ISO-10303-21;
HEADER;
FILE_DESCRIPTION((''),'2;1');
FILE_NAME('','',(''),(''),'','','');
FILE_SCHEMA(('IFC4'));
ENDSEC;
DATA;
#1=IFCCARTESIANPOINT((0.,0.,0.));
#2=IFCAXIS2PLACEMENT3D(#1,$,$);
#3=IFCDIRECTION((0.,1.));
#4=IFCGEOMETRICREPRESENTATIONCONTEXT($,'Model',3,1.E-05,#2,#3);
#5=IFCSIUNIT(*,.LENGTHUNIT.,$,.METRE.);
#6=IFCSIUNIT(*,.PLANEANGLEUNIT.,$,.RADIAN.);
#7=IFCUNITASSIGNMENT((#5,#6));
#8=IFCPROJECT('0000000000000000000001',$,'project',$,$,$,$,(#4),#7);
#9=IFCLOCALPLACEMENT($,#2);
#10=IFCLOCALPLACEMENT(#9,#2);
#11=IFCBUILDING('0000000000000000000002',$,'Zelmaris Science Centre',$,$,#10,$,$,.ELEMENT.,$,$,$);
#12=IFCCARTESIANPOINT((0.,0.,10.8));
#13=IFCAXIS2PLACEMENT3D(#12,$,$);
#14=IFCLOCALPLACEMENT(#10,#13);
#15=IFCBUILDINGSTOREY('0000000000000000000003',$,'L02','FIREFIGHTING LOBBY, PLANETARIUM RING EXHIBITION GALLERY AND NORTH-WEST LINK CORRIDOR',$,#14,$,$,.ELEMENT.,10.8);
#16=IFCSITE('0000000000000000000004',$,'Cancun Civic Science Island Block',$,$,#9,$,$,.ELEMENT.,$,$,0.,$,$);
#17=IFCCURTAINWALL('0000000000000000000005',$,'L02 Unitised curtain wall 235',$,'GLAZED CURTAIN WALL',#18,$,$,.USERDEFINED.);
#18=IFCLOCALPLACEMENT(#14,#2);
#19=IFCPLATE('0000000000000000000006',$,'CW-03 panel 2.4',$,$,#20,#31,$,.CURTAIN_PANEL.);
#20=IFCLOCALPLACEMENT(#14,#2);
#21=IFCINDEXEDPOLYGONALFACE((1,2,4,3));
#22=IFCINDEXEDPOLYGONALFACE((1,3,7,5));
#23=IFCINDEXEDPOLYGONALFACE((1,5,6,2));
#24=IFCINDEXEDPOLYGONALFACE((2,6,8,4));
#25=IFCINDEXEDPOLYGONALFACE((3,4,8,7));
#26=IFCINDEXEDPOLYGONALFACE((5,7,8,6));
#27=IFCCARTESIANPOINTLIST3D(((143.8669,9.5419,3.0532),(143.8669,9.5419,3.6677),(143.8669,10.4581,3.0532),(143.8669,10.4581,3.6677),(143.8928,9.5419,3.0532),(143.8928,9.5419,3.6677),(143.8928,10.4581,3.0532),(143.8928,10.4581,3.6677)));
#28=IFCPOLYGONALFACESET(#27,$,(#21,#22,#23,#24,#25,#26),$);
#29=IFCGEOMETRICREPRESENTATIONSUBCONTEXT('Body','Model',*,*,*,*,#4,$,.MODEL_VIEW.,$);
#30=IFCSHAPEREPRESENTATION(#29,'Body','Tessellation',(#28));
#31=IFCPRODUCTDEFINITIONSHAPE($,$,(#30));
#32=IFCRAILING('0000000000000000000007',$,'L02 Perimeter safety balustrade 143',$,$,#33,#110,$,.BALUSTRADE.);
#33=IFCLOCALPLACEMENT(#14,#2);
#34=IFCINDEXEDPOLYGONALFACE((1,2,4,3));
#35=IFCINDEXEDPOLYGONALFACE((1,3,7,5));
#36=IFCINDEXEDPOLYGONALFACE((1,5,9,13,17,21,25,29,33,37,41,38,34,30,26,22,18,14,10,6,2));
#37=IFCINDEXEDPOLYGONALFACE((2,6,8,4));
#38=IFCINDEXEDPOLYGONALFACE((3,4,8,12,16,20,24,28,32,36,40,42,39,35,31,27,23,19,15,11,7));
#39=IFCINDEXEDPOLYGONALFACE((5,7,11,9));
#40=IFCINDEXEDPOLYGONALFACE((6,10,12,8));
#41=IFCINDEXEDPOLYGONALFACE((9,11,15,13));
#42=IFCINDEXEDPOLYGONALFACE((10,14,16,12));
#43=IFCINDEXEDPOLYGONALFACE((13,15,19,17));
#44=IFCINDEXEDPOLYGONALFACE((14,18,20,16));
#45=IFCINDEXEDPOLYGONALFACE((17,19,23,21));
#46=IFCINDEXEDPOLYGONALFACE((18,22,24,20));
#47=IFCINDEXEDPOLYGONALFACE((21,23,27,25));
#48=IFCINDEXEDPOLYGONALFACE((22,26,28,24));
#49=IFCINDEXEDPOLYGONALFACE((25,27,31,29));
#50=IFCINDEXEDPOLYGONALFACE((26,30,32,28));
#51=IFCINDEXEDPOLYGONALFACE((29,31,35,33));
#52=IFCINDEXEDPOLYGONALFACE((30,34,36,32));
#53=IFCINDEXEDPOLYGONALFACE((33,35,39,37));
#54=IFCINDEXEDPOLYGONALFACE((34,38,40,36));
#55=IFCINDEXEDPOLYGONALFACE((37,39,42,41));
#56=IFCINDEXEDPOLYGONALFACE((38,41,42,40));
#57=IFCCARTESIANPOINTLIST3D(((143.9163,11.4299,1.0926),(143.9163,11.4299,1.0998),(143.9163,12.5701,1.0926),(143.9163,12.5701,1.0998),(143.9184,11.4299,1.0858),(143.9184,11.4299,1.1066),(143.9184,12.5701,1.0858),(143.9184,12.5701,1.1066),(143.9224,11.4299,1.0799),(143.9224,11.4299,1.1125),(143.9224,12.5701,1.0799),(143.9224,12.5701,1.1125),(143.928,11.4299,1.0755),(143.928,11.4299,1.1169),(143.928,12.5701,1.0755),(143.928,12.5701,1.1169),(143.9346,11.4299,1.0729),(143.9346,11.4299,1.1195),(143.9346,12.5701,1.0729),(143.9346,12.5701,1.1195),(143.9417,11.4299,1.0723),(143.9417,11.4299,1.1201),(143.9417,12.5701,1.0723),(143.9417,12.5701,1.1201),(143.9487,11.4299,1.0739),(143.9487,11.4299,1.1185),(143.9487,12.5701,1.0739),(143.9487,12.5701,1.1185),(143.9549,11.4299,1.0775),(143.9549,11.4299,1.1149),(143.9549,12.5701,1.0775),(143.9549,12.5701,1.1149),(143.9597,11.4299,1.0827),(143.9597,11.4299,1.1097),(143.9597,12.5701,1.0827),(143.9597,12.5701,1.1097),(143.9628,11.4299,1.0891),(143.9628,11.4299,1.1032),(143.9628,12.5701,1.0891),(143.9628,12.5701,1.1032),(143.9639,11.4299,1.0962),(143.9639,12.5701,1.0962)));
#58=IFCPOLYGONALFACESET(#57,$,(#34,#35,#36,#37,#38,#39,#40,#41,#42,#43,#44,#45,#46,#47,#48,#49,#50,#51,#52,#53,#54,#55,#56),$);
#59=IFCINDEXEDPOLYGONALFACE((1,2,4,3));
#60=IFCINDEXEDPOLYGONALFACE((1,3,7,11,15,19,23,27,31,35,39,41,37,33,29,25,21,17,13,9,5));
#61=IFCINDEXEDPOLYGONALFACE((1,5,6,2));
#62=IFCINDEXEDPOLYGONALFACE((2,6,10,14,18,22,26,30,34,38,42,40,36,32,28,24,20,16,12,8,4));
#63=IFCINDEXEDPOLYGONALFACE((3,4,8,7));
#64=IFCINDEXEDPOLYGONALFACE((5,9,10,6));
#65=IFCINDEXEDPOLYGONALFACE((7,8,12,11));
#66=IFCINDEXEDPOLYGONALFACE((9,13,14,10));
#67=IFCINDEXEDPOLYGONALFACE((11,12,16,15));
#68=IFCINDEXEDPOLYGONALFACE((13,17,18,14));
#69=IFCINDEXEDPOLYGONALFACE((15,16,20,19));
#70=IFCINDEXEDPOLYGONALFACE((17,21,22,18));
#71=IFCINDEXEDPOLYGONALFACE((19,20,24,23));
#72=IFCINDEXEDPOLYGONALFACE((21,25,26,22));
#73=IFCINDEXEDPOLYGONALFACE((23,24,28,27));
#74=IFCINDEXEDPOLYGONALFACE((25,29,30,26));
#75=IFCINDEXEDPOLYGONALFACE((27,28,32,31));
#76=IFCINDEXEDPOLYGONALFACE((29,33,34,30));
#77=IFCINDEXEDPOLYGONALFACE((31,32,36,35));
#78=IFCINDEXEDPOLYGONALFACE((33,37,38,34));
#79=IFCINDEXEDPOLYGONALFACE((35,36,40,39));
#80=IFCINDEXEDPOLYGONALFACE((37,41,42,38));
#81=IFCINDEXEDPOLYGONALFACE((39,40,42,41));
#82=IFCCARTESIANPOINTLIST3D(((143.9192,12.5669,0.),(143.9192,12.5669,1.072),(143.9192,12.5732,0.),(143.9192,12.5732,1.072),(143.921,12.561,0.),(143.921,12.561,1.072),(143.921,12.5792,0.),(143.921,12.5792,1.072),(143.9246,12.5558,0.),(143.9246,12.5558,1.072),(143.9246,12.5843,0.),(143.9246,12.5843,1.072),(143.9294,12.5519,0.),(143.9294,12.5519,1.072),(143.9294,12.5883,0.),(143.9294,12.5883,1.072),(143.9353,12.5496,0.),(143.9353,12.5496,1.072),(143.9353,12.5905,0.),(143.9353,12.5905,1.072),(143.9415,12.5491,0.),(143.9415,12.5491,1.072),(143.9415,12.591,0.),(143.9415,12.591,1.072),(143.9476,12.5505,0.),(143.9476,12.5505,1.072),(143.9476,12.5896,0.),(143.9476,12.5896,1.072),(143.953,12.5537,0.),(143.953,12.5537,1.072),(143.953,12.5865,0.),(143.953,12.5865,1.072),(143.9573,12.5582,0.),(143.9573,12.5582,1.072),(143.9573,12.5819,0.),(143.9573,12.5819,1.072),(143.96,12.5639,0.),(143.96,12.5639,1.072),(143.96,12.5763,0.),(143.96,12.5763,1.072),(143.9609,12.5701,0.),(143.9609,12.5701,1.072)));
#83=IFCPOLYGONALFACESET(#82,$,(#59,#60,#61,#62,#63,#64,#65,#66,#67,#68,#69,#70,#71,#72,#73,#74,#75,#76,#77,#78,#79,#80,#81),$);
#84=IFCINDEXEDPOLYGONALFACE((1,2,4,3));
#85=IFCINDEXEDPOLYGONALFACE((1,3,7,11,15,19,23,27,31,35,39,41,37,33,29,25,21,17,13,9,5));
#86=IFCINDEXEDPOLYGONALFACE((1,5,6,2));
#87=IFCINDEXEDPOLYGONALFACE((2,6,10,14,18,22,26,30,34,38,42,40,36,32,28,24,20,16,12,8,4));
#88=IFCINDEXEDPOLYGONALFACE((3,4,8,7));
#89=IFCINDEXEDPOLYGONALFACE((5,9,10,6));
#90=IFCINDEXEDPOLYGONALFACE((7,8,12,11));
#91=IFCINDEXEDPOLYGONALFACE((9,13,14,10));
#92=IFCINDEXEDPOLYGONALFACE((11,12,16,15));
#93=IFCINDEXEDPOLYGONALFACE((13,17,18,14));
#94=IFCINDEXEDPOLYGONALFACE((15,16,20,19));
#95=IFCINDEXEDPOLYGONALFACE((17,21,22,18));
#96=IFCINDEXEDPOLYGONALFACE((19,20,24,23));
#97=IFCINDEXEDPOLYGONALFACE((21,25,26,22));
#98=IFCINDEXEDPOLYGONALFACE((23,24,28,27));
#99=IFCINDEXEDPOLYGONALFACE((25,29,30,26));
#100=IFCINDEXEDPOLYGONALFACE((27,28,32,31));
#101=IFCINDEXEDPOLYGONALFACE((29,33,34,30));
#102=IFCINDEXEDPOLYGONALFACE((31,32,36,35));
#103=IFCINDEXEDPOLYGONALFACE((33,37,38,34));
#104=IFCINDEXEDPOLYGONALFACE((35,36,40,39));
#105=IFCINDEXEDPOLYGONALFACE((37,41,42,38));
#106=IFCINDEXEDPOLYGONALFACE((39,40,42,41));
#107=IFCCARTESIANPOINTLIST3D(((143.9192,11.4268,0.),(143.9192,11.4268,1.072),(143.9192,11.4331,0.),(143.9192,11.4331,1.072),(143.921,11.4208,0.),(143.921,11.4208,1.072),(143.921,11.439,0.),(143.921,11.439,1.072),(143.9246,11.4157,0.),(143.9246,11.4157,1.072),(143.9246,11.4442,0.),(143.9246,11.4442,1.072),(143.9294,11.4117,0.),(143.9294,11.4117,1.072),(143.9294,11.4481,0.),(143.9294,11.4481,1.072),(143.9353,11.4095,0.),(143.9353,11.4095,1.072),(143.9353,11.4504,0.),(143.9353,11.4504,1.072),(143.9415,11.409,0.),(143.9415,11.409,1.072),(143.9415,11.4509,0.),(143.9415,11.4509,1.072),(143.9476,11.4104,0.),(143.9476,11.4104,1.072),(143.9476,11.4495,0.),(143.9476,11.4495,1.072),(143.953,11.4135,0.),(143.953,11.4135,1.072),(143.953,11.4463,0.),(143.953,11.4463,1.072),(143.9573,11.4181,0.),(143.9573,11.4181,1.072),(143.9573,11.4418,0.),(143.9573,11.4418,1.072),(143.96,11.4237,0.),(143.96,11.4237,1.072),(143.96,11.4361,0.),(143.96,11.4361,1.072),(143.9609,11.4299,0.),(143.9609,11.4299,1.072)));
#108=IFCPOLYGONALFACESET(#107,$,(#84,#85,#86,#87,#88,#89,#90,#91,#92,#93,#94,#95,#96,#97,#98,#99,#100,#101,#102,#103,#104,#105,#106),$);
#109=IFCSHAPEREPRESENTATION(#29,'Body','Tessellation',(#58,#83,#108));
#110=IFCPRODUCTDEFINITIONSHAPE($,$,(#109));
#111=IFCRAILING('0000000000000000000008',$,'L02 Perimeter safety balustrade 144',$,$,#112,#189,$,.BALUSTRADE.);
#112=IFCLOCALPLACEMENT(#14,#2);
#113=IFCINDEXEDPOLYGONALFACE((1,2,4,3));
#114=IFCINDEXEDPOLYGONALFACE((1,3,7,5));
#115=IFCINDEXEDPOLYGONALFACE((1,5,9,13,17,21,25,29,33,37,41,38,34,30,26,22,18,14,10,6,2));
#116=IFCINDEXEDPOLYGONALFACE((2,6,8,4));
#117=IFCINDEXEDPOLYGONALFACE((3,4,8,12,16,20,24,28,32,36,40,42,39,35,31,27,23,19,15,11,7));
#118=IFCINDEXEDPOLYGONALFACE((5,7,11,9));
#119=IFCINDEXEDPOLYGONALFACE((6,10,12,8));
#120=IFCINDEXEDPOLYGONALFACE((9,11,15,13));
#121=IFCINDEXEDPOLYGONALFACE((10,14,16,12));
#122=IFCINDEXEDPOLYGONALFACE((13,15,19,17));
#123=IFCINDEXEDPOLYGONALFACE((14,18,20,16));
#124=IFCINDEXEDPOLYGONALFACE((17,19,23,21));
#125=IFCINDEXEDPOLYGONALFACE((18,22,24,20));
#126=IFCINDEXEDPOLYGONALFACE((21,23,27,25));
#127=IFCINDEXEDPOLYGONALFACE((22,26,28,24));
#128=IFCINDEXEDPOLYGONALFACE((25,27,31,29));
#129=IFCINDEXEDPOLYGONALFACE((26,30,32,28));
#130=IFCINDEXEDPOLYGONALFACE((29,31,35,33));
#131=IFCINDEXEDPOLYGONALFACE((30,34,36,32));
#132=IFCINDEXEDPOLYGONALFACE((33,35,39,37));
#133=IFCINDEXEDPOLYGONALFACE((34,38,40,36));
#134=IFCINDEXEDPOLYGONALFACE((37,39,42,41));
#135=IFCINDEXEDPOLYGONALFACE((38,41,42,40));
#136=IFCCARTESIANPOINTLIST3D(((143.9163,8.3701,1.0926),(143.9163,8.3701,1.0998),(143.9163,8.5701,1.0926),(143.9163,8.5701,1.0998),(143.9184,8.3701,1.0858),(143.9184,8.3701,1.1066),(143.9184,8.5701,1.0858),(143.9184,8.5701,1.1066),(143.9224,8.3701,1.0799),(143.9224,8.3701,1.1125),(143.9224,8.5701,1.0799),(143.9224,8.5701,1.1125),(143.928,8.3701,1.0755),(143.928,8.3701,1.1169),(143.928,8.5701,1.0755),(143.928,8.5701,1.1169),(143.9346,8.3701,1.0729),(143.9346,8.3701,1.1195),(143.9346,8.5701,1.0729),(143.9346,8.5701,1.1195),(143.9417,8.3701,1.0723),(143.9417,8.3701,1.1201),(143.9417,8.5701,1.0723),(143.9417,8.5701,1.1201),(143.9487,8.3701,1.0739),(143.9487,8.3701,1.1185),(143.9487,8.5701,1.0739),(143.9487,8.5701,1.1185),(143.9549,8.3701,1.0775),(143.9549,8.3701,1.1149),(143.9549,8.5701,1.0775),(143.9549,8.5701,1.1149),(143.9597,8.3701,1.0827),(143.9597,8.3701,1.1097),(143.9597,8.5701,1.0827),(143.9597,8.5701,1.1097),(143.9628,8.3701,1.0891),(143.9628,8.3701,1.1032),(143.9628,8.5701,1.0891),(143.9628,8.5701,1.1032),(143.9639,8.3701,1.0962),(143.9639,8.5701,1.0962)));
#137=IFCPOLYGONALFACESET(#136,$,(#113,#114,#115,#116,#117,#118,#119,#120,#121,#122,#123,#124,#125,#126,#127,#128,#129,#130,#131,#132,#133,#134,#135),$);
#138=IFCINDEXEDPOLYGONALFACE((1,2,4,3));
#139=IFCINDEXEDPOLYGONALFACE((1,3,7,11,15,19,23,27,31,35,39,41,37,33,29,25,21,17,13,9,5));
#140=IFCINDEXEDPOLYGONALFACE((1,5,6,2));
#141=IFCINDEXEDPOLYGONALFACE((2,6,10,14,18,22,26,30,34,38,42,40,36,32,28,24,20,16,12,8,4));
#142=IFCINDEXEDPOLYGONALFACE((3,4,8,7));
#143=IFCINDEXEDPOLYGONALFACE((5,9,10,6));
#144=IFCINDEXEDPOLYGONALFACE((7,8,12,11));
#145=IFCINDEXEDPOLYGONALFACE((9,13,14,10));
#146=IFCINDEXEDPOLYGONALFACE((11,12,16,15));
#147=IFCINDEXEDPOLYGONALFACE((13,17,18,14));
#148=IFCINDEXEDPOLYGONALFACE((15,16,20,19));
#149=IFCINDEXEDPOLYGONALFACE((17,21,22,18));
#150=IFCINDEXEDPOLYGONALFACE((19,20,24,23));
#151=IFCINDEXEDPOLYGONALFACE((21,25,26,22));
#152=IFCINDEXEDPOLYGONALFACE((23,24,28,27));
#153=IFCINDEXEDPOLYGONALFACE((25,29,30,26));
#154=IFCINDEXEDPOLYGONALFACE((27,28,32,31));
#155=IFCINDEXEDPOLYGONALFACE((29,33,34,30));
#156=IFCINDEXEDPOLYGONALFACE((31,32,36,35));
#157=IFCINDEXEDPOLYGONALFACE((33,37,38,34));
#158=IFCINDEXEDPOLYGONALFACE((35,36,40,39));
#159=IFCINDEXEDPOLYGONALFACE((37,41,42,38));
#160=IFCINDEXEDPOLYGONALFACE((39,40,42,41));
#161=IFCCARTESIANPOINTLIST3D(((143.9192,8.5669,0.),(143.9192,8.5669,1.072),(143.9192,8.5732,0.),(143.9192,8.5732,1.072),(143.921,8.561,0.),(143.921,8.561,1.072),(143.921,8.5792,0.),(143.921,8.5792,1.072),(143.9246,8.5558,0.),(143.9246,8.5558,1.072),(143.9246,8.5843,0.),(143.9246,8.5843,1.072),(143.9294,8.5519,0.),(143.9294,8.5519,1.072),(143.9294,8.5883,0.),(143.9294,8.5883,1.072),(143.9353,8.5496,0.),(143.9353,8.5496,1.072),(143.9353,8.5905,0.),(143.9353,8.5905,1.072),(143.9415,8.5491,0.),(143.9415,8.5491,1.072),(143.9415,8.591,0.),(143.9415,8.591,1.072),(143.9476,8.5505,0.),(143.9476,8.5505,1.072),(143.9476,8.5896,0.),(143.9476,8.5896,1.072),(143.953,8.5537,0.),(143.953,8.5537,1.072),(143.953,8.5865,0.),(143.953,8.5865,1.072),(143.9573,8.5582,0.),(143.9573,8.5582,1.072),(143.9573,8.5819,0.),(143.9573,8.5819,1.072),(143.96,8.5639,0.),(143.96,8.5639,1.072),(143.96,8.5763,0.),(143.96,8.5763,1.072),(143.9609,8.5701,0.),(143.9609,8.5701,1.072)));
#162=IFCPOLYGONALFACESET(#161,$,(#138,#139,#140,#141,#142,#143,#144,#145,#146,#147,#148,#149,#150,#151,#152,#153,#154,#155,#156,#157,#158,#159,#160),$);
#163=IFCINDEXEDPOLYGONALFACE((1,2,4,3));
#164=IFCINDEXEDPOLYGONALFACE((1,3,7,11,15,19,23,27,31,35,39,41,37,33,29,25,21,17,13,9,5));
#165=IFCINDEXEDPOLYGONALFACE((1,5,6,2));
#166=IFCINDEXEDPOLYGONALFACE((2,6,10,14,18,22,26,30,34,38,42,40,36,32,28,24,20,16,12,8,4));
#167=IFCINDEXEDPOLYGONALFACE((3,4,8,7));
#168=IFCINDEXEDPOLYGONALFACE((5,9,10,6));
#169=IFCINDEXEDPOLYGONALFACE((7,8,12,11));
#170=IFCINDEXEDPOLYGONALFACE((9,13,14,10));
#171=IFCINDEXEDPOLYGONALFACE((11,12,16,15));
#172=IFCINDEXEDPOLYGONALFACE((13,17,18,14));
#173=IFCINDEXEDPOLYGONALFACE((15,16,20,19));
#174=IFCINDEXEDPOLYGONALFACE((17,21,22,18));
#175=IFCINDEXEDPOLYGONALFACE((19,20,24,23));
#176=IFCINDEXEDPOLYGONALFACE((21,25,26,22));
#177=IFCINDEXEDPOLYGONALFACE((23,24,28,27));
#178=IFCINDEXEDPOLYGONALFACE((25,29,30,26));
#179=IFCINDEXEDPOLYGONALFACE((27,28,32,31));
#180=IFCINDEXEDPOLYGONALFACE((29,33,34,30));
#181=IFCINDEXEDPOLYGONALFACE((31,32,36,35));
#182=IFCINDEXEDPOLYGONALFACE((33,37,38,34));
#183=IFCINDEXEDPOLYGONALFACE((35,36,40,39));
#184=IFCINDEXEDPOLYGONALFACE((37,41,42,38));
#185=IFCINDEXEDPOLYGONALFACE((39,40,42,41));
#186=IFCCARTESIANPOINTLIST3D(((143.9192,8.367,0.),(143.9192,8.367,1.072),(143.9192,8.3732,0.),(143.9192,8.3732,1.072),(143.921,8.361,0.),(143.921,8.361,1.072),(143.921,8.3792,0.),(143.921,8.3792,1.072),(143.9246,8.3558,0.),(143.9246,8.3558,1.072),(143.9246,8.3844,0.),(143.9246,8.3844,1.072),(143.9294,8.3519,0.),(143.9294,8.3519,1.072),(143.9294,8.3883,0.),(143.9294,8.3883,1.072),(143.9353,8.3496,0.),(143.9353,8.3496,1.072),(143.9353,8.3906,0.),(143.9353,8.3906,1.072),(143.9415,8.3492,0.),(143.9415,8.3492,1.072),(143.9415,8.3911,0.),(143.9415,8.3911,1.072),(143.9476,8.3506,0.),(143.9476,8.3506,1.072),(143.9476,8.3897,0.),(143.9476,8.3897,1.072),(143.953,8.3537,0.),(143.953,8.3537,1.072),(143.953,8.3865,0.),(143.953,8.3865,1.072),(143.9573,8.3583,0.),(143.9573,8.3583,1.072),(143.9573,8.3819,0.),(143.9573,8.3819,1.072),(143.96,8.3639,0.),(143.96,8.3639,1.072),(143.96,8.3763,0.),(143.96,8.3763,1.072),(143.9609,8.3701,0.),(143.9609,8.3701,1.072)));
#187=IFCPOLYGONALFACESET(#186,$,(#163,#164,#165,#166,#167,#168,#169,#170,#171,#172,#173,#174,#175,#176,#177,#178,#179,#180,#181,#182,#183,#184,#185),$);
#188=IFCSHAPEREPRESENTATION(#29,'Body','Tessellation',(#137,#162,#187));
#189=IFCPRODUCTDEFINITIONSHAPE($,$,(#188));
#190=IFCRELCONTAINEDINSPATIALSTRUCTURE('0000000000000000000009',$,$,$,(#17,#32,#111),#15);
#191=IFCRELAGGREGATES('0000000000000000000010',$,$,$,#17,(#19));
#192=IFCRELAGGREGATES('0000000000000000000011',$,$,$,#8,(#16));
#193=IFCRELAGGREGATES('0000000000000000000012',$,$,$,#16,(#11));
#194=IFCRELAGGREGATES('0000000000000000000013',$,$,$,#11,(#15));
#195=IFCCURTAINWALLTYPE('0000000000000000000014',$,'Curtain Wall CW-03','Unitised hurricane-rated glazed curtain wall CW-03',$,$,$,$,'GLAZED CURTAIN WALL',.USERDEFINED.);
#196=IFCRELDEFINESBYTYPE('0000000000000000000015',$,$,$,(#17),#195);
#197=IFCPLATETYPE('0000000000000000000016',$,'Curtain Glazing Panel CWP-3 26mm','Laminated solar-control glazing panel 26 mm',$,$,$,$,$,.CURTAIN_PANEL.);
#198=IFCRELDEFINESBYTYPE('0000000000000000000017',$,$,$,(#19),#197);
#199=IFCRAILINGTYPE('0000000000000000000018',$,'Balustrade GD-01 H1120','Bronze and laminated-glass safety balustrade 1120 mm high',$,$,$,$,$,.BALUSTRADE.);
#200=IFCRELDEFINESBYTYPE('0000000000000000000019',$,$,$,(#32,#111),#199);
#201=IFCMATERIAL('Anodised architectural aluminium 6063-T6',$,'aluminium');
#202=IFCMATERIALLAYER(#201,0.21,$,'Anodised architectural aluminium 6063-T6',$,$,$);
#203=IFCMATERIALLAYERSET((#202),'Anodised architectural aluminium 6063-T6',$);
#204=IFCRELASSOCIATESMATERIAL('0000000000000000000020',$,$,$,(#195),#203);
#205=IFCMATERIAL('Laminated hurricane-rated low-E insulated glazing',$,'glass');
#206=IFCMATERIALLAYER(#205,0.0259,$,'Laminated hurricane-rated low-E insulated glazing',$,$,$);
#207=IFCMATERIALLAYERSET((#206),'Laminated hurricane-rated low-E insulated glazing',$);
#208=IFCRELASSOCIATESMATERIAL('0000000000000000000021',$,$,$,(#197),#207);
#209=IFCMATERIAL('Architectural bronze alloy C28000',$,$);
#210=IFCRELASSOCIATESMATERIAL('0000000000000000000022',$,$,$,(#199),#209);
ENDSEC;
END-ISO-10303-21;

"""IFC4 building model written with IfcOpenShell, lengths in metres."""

from ifc_helpers import new_model, si_unit, direction, frame, origin, origin_2d, place, context, subcontext, project, spatial, rectangle, circle, extrude, material, layer, layer_set, type_object, element, aggregate, save


model = new_model("IFC4")

# Units and contexts
model_context = context("Model", 3, precision=1e-05, world=origin(), true_north=direction((0.0, 1.0)))
body_context = subcontext(model_context, "Body", "Model", "MODEL_VIEW")
ifc_project = project(units=[si_unit("LENGTHUNIT", "METRE"), si_unit("PLANEANGLEUNIT", "RADIAN")], contexts=[model_context])

# Site, building, storey
site_placement = place(None, origin())
site = spatial("IfcSite", under=ifc_project, at=site_placement, Name="Cancun Civic Science Island Block", CompositionType="ELEMENT", RefElevation=0.0)
building_placement = place(site_placement, origin())
building = spatial("IfcBuilding", under=site, at=building_placement, Name="Zelmaris Science Centre", CompositionType="ELEMENT")
storey_placement = place(building_placement, frame((0.0, 0.0, 10.8)))
storey = spatial("IfcBuildingStorey", under=building, at=storey_placement, Name="L02", Description="FIREFIGHTING LOBBY, PLANETARIUM RING EXHIBITION GALLERY AND NORTH-WEST LINK CORRIDOR", CompositionType="ELEMENT", Elevation=10.8)

# Curtain wall
ifc_material_1 = material(Name="Anodised architectural aluminium 6063-T6", Category="aluminium")
ifc_layer_1 = layer(ifc_material_1, 0.21, Name="Anodised architectural aluminium 6063-T6")
ifc_layer_set_1 = layer_set([ifc_layer_1], Name="Anodised architectural aluminium 6063-T6")
curtain_wall_type = type_object("IfcCurtainWallType", Name="Curtain Wall CW-03", Description="Unitised hurricane-rated glazed curtain wall CW-03", ElementType="GLAZED CURTAIN WALL", PredefinedType="USERDEFINED", material=ifc_layer_set_1)
curtain_wall_placement = place(storey_placement, origin())
curtain_wall = element("IfcCurtainWall", 1, at=curtain_wall_placement, inside=storey, type_object=curtain_wall_type, Name="L02 Unitised curtain wall 235", ObjectType="GLAZED CURTAIN WALL", PredefinedType="USERDEFINED")

# Plate
ifc_material_2 = material(Name="Laminated hurricane-rated low-E insulated glazing", Category="glass")
ifc_layer_2 = layer(ifc_material_2, 0.0259, Name="Laminated hurricane-rated low-E insulated glazing")
ifc_layer_set_2 = layer_set([ifc_layer_2], Name="Laminated hurricane-rated low-E insulated glazing")
plate_type = type_object("IfcPlateType", Name="Curtain Glazing Panel CWP-3 26mm", Description="Laminated solar-control glazing panel 26 mm", PredefinedType="CURTAIN_PANEL", material=ifc_layer_set_2)
plate_1_placement = place(storey_placement, frame((143.8799, 10.0, 3.0532), z_axis=(0.0, 0.0, 1.0), x_axis=(0.0, -1.0, 0.0)))
plate_1 = element("IfcPlate", 2, at=plate_1_placement, type_object=plate_type, Name="CW-03 panel 2.4", PredefinedType="CURTAIN_PANEL", context=body_context, shape_type="SweptSolid", body=[
    extrude(rectangle(XDim=0.9163, YDim=0.0259, at=origin_2d()), origin(), (0.0, 0.0, 1.0), 0.6145),
])
aggregate(curtain_wall, [plate_1])

# Railings
ifc_material_3 = material(Name="Architectural bronze alloy C28000")
railing_type = type_object("IfcRailingType", Name="Balustrade GD-01 H1120", Description="Bronze and laminated-glass safety balustrade 1120 mm high", PredefinedType="BALUSTRADE", material=ifc_material_3)
railing_1_placement = place(storey_placement, frame((143.9399, 12.5701, 0.0)))
element("IfcRailing", 3, at=railing_1_placement, inside=storey, type_object=railing_type, Name="L02 Perimeter safety balustrade 143", PredefinedType="BALUSTRADE", context=body_context, shape_type="SweptSolid", body=[
    extrude(circle(Radius=0.0239, at=origin_2d()), frame((0.0, 0.0, 1.0962), z_axis=(0.0, -1.0, 0.0), x_axis=(1.0, 0.0, 0.0)), (0.0, 0.0, 1.0), 1.1401),
    extrude(circle(Radius=0.021, at=origin_2d()), origin(), (0.0, 0.0, 1.0), 1.072),
    extrude(circle(Radius=0.021, at=origin_2d()), frame((0.0, -1.1401, 0.0)), (0.0, 0.0, 1.0), 1.072),
])
railing_2_placement = place(storey_placement, frame((143.9399, 8.5701, 0.0)))
element("IfcRailing", 4, at=railing_2_placement, inside=storey, type_object=railing_type, Name="L02 Perimeter safety balustrade 144", PredefinedType="BALUSTRADE", context=body_context, shape_type="SweptSolid", body=[
    extrude(circle(Radius=0.0239, at=origin_2d()), frame((0.0, 0.0, 1.0962), z_axis=(0.0, -1.0, 0.0), x_axis=(1.0, 0.0, 0.0)), (0.0, 0.0, 1.0), 0.2),
    extrude(circle(Radius=0.021, at=origin_2d()), origin(), (0.0, 0.0, 1.0), 1.072),
    extrude(circle(Radius=0.021, at=origin_2d()), frame((0.0, -0.2, 0.0)), (0.0, 0.0, 1.0), 1.072),
])

save(model, "model.ifc")
